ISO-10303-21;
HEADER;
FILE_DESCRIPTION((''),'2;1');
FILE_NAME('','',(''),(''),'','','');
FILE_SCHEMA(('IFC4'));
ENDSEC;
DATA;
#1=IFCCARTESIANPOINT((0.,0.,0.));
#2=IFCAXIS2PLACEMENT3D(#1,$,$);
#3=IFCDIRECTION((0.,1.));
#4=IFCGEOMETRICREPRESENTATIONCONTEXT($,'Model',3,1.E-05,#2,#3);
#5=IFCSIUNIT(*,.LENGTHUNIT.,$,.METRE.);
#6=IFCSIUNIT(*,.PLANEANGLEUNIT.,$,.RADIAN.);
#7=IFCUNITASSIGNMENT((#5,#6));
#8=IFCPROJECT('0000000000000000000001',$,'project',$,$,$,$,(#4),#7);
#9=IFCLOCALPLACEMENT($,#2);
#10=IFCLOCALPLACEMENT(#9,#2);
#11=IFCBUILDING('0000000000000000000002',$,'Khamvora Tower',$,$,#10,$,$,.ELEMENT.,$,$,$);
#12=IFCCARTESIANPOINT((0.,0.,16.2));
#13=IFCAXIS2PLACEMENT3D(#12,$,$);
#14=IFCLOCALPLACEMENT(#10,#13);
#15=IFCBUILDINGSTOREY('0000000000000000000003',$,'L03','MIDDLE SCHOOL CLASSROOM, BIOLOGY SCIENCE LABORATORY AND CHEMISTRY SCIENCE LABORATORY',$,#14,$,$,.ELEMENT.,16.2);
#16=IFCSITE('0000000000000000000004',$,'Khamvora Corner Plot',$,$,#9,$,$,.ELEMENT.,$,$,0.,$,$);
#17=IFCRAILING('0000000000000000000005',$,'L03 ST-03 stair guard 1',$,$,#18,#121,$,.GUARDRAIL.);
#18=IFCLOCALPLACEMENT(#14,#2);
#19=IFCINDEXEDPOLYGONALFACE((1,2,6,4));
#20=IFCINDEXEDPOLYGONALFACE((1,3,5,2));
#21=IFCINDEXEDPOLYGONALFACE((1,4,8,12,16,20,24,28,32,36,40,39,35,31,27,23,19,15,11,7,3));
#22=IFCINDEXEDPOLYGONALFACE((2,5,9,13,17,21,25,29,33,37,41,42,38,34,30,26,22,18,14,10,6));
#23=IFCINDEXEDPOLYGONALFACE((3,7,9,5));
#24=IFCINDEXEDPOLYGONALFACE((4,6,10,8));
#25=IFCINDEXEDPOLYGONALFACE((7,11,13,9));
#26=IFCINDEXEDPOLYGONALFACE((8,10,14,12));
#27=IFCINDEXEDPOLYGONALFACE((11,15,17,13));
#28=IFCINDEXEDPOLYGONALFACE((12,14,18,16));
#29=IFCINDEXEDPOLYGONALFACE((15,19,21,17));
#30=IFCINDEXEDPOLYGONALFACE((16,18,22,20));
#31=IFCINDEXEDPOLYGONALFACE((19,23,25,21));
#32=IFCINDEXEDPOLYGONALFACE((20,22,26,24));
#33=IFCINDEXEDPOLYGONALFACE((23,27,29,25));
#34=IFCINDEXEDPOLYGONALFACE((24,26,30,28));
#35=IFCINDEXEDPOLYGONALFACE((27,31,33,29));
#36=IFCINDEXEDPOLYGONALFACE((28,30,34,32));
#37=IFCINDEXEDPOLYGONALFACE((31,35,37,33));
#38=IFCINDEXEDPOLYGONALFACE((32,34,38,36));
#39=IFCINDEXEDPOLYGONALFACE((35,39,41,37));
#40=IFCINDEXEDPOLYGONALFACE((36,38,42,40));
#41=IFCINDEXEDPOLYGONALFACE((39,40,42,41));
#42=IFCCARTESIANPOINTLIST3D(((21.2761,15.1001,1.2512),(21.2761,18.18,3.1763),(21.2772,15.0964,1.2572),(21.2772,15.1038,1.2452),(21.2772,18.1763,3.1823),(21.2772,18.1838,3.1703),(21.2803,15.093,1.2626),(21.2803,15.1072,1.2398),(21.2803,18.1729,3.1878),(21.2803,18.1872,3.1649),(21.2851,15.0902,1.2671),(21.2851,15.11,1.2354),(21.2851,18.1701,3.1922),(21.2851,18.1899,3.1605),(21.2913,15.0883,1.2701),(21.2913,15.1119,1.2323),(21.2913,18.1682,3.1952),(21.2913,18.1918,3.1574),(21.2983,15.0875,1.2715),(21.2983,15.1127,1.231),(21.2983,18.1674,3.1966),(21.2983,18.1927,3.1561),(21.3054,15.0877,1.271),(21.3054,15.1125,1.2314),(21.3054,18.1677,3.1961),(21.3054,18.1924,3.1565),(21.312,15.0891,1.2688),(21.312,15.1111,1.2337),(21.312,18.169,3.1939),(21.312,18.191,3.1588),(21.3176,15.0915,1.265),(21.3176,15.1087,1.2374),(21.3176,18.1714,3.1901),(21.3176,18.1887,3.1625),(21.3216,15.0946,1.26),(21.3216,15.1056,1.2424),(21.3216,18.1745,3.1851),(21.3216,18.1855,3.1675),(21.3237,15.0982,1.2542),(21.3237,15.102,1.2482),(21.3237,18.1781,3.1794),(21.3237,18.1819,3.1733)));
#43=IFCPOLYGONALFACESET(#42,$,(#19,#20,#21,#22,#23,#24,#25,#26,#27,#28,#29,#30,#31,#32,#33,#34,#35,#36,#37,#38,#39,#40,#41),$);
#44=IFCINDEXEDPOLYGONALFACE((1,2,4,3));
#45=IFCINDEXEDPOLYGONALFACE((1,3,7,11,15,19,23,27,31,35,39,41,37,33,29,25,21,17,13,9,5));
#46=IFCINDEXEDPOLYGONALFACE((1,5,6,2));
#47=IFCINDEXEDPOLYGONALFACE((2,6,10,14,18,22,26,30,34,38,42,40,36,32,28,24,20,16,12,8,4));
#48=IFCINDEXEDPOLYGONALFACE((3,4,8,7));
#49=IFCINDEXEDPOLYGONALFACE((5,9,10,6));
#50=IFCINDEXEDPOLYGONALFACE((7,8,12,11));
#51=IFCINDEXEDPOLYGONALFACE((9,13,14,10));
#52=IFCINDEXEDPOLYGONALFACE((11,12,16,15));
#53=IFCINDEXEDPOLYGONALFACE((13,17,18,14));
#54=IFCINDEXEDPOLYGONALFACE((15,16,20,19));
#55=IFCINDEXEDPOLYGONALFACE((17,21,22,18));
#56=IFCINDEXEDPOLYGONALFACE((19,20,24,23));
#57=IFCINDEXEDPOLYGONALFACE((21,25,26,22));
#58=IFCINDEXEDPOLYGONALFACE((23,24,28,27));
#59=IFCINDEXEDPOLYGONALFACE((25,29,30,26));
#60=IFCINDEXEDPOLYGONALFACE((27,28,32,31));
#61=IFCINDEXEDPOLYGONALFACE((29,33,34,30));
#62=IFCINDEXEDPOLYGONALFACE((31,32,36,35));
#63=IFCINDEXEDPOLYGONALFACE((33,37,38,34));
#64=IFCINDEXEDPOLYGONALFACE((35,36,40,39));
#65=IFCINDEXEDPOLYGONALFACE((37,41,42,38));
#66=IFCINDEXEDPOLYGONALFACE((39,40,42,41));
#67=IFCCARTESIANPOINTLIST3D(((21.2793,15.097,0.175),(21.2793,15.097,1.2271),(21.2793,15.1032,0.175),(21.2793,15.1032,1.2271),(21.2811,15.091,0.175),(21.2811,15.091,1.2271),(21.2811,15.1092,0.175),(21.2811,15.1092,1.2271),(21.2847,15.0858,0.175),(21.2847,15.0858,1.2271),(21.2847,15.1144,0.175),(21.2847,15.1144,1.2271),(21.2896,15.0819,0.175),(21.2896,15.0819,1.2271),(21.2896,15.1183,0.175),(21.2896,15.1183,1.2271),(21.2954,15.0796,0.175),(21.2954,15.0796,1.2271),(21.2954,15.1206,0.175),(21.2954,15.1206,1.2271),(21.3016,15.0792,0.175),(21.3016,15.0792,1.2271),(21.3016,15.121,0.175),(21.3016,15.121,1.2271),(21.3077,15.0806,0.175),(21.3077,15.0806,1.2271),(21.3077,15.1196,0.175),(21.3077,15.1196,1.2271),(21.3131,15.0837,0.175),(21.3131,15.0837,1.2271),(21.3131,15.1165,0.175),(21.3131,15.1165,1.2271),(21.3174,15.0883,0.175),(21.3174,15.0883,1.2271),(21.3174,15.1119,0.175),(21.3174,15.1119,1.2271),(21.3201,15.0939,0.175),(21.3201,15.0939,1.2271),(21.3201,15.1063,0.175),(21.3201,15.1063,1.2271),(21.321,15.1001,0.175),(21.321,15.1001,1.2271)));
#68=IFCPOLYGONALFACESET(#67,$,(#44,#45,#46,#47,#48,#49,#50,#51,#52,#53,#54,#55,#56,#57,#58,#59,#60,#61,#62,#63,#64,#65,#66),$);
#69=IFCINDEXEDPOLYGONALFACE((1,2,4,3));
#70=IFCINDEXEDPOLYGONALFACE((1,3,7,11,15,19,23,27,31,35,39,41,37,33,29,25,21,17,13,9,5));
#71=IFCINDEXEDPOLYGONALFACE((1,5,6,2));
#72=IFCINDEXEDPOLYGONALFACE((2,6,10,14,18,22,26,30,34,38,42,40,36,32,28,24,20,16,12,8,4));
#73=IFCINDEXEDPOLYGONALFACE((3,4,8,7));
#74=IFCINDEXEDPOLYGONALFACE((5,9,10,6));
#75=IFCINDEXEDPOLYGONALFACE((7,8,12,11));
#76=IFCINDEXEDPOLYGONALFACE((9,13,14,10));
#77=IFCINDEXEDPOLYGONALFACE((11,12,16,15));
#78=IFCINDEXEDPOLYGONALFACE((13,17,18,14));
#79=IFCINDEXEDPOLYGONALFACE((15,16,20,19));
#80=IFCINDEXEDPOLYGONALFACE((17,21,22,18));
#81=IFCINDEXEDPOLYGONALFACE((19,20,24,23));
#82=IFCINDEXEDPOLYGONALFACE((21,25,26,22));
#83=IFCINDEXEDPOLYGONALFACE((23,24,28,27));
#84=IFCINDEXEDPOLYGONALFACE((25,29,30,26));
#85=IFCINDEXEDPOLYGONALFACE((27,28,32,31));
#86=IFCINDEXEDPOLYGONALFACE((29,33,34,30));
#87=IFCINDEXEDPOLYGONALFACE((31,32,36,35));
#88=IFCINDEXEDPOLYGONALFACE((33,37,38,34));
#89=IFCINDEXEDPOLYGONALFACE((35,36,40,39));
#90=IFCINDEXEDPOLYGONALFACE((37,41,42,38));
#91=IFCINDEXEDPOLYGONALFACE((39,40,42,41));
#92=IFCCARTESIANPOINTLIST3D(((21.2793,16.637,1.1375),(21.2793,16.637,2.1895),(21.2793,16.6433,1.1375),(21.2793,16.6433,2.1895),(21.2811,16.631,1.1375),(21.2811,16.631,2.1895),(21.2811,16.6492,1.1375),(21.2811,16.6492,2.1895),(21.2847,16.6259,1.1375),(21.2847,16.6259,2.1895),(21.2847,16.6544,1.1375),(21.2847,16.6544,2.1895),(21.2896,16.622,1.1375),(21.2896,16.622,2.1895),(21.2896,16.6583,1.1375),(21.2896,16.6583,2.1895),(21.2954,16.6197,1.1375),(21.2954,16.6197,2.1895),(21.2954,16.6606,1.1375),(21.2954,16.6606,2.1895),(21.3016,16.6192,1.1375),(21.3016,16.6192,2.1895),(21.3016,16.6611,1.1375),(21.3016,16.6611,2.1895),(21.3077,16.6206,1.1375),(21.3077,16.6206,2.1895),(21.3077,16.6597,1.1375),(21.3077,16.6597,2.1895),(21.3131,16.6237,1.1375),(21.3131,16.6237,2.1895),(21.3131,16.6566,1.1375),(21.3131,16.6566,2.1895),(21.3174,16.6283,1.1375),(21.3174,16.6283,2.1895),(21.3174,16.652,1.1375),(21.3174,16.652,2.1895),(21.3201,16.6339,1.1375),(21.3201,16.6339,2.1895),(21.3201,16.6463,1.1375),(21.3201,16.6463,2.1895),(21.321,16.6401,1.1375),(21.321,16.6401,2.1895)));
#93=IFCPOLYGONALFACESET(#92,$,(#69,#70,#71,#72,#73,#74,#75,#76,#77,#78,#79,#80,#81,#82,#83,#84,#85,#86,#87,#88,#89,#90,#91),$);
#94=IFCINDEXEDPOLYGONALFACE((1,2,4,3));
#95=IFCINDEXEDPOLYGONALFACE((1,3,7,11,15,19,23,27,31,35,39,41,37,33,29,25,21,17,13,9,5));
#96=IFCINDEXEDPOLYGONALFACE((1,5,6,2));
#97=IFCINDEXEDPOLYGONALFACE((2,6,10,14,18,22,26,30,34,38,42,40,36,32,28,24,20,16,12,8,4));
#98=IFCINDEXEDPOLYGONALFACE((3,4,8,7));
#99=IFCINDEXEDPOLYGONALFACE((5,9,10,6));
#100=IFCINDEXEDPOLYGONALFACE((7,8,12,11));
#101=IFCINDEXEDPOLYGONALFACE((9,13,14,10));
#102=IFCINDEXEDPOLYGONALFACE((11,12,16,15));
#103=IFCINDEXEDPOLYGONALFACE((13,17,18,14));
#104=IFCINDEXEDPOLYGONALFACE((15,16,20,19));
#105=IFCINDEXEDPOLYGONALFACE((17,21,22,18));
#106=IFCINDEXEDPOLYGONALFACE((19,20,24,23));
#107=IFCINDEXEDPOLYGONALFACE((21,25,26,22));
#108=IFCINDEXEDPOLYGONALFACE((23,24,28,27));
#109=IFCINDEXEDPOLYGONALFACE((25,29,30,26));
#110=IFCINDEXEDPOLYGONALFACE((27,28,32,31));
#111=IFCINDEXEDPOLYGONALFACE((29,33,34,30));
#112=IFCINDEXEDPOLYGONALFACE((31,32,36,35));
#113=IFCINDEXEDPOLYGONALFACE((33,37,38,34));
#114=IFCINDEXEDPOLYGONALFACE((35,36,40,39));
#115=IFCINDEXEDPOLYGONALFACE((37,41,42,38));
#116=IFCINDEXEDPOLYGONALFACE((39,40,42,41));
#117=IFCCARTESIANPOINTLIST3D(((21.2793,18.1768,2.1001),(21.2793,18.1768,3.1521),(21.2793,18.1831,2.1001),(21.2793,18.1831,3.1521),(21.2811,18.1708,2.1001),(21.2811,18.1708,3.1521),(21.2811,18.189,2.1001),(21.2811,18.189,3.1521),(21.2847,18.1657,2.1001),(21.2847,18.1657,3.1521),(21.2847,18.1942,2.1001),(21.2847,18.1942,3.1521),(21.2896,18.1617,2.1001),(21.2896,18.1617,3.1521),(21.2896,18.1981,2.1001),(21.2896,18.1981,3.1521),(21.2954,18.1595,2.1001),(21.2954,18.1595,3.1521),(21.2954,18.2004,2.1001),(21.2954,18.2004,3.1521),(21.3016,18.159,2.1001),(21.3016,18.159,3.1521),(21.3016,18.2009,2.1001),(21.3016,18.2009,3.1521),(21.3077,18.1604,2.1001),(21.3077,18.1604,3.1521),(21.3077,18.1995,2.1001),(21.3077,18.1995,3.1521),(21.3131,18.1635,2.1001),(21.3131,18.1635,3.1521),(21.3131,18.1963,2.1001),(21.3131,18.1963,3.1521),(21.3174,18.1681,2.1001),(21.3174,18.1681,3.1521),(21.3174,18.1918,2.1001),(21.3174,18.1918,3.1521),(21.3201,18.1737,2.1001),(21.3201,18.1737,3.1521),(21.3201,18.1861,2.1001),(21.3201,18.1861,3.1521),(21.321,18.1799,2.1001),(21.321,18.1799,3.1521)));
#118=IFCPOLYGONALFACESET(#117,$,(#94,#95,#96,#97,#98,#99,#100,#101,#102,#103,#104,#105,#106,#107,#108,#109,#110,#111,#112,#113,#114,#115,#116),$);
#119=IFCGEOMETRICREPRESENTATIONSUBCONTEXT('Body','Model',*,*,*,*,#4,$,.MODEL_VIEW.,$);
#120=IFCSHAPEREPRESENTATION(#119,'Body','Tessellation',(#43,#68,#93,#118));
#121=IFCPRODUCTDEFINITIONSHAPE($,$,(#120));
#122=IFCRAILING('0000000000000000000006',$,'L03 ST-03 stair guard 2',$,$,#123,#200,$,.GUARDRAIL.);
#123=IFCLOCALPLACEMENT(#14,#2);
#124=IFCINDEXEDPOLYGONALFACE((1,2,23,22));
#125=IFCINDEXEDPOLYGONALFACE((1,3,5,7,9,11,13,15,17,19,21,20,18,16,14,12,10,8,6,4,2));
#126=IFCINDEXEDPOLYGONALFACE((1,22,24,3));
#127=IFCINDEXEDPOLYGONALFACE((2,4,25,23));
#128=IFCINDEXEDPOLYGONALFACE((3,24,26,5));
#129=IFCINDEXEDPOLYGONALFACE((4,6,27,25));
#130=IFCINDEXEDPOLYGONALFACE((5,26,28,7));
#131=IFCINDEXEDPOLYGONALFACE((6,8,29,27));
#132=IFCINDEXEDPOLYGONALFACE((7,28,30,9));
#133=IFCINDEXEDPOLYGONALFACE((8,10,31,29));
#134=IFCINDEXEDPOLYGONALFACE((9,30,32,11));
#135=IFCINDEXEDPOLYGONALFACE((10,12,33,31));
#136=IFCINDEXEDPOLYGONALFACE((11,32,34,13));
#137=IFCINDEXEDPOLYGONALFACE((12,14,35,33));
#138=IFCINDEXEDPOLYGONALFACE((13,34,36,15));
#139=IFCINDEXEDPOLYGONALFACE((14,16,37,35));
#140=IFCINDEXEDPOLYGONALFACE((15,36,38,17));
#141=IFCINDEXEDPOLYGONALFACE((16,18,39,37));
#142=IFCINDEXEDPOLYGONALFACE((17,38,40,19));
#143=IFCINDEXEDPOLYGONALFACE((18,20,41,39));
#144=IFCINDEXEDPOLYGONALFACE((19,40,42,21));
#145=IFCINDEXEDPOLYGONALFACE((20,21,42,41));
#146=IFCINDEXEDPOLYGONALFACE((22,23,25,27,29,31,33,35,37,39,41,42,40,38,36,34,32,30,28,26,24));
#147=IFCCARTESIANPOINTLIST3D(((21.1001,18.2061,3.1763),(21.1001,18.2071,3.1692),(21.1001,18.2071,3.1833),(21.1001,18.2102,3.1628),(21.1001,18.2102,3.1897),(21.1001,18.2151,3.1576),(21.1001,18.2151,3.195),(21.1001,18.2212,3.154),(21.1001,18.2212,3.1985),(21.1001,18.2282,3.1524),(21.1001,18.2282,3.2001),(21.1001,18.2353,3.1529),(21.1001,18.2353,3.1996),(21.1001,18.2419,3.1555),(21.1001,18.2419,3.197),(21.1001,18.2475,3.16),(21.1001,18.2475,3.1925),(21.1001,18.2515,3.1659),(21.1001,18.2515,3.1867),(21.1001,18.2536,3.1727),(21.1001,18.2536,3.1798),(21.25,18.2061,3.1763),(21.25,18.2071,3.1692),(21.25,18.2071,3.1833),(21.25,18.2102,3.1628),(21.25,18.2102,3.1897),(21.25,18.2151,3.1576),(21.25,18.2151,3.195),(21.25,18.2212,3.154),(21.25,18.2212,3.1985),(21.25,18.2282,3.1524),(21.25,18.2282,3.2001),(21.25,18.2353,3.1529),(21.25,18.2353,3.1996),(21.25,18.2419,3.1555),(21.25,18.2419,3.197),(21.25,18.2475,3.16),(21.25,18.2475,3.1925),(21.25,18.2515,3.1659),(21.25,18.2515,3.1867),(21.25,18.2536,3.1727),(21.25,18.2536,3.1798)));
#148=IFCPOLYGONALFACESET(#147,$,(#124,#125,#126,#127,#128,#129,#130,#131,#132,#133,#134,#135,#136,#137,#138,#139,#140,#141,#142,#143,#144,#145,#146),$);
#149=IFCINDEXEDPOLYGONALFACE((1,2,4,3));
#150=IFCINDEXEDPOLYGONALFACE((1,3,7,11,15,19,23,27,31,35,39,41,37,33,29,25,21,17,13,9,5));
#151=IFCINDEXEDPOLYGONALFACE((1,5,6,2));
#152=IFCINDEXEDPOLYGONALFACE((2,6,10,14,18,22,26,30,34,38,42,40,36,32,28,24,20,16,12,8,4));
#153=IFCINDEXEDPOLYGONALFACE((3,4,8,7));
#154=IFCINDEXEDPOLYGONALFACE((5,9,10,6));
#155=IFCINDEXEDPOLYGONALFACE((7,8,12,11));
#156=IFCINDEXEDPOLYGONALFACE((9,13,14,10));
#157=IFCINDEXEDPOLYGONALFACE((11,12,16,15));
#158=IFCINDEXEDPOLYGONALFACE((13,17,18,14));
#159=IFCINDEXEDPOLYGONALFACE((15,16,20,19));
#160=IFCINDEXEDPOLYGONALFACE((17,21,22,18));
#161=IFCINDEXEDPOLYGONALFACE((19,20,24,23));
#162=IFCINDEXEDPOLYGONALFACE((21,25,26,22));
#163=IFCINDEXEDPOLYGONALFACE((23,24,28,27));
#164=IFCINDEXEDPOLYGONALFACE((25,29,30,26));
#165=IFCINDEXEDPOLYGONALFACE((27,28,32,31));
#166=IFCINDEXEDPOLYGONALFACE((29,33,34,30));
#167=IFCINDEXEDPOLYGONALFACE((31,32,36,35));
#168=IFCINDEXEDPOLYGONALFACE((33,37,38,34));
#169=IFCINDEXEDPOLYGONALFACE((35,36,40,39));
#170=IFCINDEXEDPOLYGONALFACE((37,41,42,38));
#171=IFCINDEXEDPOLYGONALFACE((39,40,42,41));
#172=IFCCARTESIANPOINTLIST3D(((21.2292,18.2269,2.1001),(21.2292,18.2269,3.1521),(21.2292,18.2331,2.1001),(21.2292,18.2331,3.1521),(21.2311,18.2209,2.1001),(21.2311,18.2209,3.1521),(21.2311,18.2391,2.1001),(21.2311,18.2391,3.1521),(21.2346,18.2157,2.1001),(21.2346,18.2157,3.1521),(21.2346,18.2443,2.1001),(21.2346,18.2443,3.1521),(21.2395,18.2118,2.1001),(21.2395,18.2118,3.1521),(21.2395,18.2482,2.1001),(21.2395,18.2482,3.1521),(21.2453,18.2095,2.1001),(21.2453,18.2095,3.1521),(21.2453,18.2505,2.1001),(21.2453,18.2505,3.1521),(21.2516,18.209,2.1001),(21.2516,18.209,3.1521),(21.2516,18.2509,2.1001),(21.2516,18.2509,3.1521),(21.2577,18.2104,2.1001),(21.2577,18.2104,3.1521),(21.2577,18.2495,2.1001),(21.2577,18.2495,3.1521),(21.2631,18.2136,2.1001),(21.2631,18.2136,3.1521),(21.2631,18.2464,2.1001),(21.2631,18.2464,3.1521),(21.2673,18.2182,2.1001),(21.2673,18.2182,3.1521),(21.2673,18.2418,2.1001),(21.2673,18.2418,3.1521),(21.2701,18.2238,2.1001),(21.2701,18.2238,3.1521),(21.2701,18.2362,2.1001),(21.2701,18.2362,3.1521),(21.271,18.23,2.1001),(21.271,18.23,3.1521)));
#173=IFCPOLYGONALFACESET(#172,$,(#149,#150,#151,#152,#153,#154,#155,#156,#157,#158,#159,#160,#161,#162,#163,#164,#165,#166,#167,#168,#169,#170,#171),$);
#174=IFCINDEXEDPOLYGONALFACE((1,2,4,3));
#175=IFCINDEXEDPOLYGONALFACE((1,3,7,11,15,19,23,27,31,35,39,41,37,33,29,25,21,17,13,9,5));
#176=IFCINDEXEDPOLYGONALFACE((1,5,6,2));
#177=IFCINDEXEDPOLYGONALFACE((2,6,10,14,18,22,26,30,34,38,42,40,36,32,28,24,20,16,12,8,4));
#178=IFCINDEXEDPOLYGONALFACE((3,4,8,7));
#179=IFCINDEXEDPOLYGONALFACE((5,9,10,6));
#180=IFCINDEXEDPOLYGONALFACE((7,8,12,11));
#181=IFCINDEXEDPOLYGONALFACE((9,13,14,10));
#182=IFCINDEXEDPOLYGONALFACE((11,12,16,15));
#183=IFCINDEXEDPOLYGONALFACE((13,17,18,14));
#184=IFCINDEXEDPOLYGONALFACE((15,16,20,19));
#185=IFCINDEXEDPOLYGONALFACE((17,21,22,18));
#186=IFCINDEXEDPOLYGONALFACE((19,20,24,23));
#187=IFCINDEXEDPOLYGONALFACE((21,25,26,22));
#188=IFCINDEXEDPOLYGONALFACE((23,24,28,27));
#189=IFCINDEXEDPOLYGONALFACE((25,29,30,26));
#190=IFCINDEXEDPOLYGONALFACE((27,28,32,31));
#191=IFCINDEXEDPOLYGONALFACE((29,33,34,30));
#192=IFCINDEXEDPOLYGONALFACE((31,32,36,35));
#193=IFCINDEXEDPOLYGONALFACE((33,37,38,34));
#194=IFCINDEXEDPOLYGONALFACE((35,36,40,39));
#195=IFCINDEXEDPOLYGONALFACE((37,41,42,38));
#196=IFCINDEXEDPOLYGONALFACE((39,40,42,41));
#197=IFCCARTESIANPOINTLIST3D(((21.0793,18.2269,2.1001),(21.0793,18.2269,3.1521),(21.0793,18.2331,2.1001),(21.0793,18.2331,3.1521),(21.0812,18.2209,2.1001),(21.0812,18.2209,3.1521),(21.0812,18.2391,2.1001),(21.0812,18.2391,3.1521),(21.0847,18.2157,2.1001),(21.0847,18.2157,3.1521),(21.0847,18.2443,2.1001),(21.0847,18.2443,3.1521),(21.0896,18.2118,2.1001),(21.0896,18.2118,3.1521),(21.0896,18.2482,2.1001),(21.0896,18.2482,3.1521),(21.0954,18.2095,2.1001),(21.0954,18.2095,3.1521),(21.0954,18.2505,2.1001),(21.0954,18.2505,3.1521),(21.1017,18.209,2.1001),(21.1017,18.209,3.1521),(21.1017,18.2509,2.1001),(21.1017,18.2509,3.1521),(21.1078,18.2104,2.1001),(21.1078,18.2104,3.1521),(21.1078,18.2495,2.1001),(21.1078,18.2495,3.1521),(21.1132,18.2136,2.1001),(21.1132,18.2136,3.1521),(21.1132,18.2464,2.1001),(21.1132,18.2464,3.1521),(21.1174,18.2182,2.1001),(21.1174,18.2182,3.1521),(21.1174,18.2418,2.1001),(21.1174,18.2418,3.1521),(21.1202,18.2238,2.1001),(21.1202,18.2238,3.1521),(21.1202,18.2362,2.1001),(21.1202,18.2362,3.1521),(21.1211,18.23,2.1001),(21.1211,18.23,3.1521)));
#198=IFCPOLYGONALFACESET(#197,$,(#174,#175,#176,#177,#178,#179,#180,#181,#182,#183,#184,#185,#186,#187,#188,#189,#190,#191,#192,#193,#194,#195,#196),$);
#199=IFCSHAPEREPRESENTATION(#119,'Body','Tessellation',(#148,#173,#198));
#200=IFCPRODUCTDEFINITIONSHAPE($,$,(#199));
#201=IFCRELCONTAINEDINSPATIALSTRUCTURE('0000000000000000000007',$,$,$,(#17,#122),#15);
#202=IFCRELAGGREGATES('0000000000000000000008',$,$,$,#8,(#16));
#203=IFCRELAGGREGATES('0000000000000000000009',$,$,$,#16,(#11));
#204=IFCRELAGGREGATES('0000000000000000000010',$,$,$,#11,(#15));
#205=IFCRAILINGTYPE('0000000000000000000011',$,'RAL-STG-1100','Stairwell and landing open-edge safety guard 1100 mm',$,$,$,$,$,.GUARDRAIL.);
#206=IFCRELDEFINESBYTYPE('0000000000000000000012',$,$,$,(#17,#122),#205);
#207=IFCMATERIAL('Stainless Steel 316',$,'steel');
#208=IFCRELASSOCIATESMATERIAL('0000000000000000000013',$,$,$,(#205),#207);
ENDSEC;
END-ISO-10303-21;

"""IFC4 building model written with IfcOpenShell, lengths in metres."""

from ifc_helpers import new_model, si_unit, direction, frame, origin, origin_2d, place, context, subcontext, project, spatial, circle, extrude, material, type_object, element, save


model = new_model("IFC4")

# Units and contexts
model_context = context("Model", 3, precision=1e-05, world=origin(), true_north=direction((0.0, 1.0)))
body_context = subcontext(model_context, "Body", "Model", "MODEL_VIEW")
ifc_project = project(units=[si_unit("LENGTHUNIT", "METRE"), si_unit("PLANEANGLEUNIT", "RADIAN")], contexts=[model_context])

# Site, building, storey
site_placement = place(None, origin())
site = spatial("IfcSite", under=ifc_project, at=site_placement, Name="Khamvora Corner Plot", CompositionType="ELEMENT", RefElevation=0.0)
building_placement = place(site_placement, origin())
building = spatial("IfcBuilding", under=site, at=building_placement, Name="Khamvora Tower", CompositionType="ELEMENT")
storey_placement = place(building_placement, frame((0.0, 0.0, 16.2)))
storey = spatial("IfcBuildingStorey", under=building, at=storey_placement, Name="L03", Description="MIDDLE SCHOOL CLASSROOM, BIOLOGY SCIENCE LABORATORY AND CHEMISTRY SCIENCE LABORATORY", CompositionType="ELEMENT", Elevation=16.2)

# Railings
ifc_material_1 = material(Name="Stainless Steel 316", Category="steel")
railing_type_1 = type_object("IfcRailingType", Name="RAL-STG-1100", Description="Stairwell and landing open-edge safety guard 1100 mm", PredefinedType="GUARDRAIL", material=ifc_material_1)
railing_1_placement = place(storey_placement, frame((21.3, 15.1001, 0.175)))
element("IfcRailing", 1, at=railing_1_placement, inside=storey, type_object=railing_type_1, Name="L03 ST-03 stair guard 1", PredefinedType="GUARDRAIL", context=body_context, shape_type="SweptSolid", body=[
    extrude(circle(Radius=0.0239, at=origin_2d()), frame((0.0, 0.0, 1.0762), z_axis=(0.0, 0.847979, 0.530029), x_axis=(-1.0, 0.0, 0.0)), (0.0, 0.0, 1.0), 3.6321),
    extrude(circle(Radius=0.021, at=origin_2d()), origin(), (0.0, 0.0, 1.0), 1.052),
    extrude(circle(Radius=0.021, at=origin_2d()), frame((0.0, 1.54, 0.9624)), (0.0, 0.0, 1.0), 1.052),
    extrude(circle(Radius=0.021, at=origin_2d()), frame((0.0, 3.0798, 1.925)), (0.0, 0.0, 1.0), 1.052),
])
railing_2_placement = place(storey_placement, frame((21.25, 18.23, 2.1001)))
element("IfcRailing", 2, at=railing_2_placement, inside=storey, type_object=railing_type_1, Name="L03 ST-03 stair guard 2", PredefinedType="GUARDRAIL", context=body_context, shape_type="SweptSolid", body=[
    extrude(circle(Radius=0.0239, at=origin_2d()), frame((0.0, 0.0, 1.0762), z_axis=(-1.0, 0.0, 0.0), x_axis=(0.0, -1.0, 0.0)), (0.0, 0.0, 1.0), 0.1499),
    extrude(circle(Radius=0.021, at=origin_2d()), origin(), (0.0, 0.0, 1.0), 1.052),
    extrude(circle(Radius=0.021, at=origin_2d()), frame((-0.1499, 0.0, 0.0)), (0.0, 0.0, 1.0), 1.052),
])

save(model, "model.ifc")
